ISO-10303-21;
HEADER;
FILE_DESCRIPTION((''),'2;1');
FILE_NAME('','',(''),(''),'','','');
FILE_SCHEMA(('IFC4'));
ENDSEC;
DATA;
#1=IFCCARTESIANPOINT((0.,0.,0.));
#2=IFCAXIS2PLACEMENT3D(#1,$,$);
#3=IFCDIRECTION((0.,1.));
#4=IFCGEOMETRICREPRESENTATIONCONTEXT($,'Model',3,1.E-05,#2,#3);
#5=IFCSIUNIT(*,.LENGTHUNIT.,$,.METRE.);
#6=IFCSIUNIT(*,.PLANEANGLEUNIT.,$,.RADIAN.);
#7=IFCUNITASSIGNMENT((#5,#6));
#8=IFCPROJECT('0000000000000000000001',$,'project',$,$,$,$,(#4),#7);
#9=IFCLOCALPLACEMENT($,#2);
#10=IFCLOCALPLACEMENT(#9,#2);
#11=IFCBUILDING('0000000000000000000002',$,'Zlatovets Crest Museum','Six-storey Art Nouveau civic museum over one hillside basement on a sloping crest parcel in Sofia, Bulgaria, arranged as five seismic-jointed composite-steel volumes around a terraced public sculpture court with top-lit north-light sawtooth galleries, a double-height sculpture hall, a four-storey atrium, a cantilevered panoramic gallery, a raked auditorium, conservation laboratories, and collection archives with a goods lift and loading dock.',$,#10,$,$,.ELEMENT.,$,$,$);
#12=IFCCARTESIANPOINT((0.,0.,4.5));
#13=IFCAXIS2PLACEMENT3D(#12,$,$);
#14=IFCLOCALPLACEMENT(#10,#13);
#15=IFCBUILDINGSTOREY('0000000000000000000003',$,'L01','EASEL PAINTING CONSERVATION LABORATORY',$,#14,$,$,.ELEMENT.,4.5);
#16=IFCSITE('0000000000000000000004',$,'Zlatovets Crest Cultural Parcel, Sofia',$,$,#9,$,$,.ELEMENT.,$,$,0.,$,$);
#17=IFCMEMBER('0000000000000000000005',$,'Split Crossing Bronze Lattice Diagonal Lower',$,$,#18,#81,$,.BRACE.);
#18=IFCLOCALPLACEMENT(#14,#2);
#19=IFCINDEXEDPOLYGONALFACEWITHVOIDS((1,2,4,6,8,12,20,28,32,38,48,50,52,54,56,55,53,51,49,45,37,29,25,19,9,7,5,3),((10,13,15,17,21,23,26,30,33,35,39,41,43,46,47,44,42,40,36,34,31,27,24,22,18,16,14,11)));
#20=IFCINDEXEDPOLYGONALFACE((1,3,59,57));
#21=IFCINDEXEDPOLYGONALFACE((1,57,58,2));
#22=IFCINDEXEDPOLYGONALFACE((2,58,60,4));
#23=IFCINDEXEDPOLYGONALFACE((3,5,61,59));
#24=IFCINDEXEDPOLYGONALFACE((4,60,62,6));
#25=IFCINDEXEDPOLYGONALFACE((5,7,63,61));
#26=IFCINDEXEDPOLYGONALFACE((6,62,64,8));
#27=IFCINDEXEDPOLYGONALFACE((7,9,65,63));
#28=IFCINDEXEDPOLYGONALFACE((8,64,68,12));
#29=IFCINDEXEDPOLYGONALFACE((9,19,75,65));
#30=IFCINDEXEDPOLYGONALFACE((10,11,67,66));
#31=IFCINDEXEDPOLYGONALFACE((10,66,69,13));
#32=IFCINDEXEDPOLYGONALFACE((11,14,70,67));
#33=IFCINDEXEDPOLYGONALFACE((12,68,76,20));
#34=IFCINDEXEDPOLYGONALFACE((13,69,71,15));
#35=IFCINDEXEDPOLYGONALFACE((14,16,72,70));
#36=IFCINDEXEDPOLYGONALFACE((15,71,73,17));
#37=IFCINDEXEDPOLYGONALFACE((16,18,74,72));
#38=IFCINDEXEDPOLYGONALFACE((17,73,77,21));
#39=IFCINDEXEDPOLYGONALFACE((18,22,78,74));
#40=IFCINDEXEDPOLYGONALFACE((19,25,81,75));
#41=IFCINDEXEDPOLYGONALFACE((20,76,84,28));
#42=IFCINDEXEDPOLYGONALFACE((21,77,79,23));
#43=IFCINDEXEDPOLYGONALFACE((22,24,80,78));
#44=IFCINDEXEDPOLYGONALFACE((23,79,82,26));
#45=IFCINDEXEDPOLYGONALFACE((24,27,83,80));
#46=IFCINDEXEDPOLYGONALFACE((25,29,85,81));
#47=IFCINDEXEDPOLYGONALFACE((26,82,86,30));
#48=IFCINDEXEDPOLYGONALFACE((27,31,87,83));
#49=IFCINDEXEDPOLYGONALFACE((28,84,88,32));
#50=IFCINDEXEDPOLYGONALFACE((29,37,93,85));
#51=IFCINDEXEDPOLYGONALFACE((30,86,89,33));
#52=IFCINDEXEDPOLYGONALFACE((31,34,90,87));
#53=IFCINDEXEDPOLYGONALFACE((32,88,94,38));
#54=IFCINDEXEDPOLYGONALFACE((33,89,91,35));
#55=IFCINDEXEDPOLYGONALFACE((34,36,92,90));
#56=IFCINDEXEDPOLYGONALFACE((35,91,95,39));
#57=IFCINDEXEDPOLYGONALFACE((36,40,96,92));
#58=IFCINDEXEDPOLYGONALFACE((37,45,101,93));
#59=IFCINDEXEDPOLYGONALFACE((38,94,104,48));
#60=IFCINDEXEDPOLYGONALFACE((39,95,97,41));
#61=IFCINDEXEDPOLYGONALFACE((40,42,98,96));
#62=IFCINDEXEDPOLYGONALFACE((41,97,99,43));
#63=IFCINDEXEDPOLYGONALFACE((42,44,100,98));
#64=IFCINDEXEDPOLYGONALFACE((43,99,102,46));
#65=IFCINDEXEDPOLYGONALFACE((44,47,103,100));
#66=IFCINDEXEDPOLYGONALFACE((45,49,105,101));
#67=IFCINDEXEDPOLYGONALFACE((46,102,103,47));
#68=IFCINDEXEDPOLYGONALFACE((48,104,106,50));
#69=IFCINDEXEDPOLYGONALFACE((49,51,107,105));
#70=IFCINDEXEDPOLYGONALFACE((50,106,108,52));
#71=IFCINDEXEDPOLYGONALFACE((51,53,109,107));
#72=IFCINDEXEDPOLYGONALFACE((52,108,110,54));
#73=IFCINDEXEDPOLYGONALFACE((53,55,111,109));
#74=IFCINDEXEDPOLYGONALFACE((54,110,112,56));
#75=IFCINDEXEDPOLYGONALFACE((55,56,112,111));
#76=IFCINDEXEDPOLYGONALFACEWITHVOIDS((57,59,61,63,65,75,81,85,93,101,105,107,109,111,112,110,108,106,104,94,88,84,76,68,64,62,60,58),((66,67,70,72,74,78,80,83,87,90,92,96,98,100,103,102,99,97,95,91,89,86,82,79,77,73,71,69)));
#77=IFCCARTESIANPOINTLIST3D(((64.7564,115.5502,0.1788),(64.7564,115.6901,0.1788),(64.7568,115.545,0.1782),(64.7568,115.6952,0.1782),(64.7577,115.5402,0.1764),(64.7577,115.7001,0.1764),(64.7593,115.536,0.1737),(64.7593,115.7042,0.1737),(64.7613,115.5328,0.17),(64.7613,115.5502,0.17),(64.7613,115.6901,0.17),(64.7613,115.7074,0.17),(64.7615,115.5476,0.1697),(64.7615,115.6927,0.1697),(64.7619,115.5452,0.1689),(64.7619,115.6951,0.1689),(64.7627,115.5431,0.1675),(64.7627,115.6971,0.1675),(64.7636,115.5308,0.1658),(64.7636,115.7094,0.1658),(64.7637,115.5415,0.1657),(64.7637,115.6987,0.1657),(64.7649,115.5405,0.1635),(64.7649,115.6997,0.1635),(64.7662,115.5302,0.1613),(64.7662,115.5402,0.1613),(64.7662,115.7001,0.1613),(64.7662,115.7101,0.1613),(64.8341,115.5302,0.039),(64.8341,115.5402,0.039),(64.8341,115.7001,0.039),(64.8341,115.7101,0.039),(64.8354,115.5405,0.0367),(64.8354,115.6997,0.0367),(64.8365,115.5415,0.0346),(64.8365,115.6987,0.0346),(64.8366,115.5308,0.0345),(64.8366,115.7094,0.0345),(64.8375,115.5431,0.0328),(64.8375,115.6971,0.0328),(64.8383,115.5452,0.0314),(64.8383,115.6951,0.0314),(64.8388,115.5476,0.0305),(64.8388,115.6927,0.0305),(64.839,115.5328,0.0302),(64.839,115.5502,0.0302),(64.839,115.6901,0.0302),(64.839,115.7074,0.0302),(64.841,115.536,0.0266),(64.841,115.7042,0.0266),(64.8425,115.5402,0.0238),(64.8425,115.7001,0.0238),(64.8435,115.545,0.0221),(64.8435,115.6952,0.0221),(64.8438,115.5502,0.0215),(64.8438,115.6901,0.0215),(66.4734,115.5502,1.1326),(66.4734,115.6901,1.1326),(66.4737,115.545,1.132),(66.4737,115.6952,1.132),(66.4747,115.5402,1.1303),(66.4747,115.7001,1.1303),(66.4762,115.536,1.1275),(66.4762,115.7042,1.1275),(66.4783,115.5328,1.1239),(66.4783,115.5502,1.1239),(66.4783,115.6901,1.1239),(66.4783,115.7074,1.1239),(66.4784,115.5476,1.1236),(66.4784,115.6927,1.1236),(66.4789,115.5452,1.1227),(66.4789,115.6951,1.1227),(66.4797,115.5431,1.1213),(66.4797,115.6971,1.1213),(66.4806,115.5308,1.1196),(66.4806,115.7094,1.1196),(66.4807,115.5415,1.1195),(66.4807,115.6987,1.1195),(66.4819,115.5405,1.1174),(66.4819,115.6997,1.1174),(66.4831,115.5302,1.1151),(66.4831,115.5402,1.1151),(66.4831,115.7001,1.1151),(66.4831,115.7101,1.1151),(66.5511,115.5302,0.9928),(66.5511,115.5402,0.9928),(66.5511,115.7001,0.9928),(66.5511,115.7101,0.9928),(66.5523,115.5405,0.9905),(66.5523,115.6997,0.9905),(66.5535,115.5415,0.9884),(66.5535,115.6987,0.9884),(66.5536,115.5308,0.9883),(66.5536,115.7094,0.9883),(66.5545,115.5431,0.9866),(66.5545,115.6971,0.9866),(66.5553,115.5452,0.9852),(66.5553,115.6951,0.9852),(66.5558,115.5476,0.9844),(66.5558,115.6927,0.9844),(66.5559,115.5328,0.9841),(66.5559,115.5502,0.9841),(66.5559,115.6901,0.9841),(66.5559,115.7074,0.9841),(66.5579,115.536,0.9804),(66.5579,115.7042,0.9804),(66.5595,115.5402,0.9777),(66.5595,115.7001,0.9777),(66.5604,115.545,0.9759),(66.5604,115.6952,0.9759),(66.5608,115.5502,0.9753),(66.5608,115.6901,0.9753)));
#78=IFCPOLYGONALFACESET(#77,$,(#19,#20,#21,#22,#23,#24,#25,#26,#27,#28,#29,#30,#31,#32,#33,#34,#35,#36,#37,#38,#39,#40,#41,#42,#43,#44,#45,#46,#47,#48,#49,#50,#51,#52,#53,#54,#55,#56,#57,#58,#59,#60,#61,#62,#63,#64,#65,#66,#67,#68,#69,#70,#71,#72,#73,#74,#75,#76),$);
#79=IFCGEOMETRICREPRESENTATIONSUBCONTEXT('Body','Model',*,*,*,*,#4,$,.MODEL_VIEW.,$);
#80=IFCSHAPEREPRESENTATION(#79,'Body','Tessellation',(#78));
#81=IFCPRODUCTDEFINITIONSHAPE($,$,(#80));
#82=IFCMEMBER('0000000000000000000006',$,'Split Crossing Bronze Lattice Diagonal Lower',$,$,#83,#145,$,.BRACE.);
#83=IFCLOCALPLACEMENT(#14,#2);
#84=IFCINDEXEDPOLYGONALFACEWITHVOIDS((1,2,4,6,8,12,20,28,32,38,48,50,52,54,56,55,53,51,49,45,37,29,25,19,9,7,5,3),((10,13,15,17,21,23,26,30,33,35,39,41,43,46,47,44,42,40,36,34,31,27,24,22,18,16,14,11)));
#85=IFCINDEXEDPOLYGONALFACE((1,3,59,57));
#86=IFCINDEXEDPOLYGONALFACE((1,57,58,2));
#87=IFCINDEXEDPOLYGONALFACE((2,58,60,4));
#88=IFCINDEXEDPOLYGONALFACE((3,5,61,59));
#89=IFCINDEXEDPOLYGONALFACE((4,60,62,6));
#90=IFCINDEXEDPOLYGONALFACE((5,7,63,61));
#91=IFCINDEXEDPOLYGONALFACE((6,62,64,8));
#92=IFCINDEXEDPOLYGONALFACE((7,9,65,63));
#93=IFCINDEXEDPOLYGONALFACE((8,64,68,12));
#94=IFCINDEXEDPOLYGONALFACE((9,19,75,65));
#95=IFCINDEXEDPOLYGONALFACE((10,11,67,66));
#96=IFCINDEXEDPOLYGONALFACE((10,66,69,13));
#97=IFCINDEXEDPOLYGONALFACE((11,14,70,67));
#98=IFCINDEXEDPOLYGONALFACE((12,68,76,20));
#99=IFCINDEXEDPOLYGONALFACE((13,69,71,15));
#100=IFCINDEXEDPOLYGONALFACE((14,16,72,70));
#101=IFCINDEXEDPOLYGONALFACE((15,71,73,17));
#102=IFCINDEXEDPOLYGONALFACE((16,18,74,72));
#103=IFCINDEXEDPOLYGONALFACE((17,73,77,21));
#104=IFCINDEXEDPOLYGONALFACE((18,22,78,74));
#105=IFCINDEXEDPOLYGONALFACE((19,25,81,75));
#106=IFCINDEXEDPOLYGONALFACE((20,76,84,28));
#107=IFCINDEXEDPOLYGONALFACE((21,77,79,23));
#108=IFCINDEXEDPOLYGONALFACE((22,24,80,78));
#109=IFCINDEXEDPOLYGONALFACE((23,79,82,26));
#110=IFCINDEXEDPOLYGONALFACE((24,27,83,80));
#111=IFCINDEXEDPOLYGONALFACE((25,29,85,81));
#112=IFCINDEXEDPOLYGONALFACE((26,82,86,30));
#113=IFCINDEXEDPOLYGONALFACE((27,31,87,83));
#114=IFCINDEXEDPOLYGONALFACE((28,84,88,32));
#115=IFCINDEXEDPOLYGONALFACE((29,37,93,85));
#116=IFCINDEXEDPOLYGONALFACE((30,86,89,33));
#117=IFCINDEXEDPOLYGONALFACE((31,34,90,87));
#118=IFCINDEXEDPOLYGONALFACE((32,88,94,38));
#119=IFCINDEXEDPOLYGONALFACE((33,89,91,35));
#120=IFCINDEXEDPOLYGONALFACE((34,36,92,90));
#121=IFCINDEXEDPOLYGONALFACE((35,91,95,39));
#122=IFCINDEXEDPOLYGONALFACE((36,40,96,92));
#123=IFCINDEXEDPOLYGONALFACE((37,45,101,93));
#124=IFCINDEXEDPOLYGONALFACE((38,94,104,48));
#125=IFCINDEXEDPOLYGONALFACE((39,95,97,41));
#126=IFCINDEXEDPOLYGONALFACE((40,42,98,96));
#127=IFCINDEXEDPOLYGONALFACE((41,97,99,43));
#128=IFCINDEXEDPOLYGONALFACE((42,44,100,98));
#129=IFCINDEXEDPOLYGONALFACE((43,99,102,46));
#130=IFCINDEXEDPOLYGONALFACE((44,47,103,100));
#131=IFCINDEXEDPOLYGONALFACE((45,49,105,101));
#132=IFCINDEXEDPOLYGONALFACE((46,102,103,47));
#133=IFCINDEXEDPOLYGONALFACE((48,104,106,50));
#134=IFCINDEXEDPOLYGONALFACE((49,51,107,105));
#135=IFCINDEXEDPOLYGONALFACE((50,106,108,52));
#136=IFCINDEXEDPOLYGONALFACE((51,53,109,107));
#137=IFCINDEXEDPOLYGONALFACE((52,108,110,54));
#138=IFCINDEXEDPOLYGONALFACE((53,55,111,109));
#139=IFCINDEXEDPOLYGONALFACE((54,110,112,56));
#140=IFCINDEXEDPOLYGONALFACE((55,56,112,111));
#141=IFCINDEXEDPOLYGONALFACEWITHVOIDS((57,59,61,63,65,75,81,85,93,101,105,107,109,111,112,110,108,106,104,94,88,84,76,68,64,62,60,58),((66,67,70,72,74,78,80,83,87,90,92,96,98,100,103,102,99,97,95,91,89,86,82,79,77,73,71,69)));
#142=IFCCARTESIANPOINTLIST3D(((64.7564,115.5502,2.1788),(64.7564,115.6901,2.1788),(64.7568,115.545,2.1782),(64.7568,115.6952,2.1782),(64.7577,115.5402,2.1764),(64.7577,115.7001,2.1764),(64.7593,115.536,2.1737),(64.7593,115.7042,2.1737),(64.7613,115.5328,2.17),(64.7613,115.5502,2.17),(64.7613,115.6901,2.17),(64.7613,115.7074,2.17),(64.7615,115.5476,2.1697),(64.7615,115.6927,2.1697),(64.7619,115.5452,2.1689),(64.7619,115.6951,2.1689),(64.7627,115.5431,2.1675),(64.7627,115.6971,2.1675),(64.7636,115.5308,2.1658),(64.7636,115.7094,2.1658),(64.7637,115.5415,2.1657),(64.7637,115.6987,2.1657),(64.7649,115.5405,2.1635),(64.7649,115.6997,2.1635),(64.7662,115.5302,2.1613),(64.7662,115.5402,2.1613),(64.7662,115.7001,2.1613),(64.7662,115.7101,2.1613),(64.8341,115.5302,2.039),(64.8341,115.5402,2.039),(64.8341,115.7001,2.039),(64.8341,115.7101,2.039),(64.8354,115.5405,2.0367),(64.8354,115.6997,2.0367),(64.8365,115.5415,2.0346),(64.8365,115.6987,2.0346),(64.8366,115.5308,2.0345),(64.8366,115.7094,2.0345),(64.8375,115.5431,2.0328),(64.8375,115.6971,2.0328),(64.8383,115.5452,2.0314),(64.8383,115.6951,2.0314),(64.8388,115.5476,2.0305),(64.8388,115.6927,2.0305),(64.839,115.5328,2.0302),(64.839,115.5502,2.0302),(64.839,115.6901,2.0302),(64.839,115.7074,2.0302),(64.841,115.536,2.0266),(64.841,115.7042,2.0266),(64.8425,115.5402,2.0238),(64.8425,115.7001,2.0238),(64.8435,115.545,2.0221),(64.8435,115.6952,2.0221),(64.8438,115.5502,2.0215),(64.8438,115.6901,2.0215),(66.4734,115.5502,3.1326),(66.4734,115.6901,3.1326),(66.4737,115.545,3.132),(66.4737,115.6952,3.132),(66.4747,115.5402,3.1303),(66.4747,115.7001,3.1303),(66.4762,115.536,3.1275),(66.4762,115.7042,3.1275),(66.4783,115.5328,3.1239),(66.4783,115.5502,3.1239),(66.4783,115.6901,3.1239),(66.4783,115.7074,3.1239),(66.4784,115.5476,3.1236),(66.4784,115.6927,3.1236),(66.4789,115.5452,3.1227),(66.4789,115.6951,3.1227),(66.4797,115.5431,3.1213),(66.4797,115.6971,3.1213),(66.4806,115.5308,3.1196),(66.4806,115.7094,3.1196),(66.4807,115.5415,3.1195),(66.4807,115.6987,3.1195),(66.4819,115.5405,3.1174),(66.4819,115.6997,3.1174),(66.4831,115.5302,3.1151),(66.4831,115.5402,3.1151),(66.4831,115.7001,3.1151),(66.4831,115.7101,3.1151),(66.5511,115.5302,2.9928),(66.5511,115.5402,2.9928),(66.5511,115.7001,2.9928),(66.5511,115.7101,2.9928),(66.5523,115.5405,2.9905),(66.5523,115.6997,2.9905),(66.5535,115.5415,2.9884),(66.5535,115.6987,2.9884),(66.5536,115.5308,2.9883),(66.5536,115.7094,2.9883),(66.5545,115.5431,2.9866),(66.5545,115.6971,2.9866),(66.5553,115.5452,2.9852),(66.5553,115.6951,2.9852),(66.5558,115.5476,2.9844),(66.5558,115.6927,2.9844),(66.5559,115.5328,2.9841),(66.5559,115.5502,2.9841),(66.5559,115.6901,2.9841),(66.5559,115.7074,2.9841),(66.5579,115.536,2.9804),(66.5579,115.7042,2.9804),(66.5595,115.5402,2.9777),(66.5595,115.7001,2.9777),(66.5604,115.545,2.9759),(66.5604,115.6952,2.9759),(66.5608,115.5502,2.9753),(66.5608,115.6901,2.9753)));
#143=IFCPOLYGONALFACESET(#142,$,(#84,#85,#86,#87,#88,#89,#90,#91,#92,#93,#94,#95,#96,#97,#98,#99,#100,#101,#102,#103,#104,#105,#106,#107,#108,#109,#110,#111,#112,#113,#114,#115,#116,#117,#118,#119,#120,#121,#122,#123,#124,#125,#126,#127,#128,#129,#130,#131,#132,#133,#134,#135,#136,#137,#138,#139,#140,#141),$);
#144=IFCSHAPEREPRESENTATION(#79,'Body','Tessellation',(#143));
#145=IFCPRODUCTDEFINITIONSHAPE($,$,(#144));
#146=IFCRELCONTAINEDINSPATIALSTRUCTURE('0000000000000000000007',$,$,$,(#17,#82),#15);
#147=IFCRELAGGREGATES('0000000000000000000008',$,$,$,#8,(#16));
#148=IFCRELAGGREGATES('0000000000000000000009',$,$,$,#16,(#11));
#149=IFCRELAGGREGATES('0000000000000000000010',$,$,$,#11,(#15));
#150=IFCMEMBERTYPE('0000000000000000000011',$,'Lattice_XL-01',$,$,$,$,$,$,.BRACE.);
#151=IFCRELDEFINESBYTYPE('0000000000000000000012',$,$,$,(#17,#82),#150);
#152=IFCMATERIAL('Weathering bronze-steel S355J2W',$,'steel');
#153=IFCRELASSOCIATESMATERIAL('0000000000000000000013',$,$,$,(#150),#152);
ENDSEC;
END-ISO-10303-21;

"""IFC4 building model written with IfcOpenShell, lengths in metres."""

from ifc_helpers import new_model, si_unit, direction, frame, origin, origin_2d, place, context, subcontext, project, spatial, hollow_rectangle, extrude, material, material_profile, profile_set, type_object, element, save


model = new_model("IFC4")

# Units and contexts
model_context = context("Model", 3, precision=1e-05, world=origin(), true_north=direction((0.0, 1.0)))
body_context = subcontext(model_context, "Body", "Model", "MODEL_VIEW")
ifc_project = project(units=[si_unit("LENGTHUNIT", "METRE"), si_unit("PLANEANGLEUNIT", "RADIAN")], contexts=[model_context])

# Site, building, storey
site_placement = place(None, origin())
site = spatial("IfcSite", under=ifc_project, at=site_placement, Name="Zlatovets Crest Cultural Parcel, Sofia", CompositionType="ELEMENT", RefElevation=0.0)
building_placement = place(site_placement, origin())
building = spatial("IfcBuilding", under=site, at=building_placement, Name="Zlatovets Crest Museum", Description="Six-storey Art Nouveau civic museum over one hillside basement on a sloping crest parcel in Sofia, Bulgaria, arranged as five seismic-jointed composite-steel volumes around a terraced public sculpture court with top-lit north-light sawtooth galleries, a double-height sculpture hall, a four-storey atrium, a cantilevered panoramic gallery, a raked auditorium, conservation laboratories, and collection archives with a goods lift and loading dock.", CompositionType="ELEMENT")
storey_placement = place(building_placement, frame((0.0, 0.0, 4.5)))
storey = spatial("IfcBuildingStorey", under=building, at=storey_placement, Name="L01", Description="EASEL PAINTING CONSERVATION LABORATORY", CompositionType="ELEMENT", Elevation=4.5)

# Members
ifc_material_1 = material(Name="Weathering bronze-steel S355J2W", Category="steel")
ifc_material_profile_1 = material_profile(ifc_material_1, hollow_rectangle(XDim=0.1799, YDim=0.1799, WallThickness=0.01, InnerFilletRadius=0.01, OuterFilletRadius=0.02, at=origin_2d()), Name="SHS 180x180x10.0")
ifc_profile_set_1 = profile_set([ifc_material_profile_1], Name="Weathering bronze-steel S355J2W")
member_type_1 = type_object("IfcMemberType", Name="Lattice_XL-01", PredefinedType="BRACE", material=ifc_profile_set_1)
for number, where, z_axis, x_axis, name in (
    (1, (66.5171, 115.6201, 1.054), (-0.874169, 0.0, -0.485622), (0.0, -1.0, 0.0), "Split Crossing Bronze Lattice Diagonal Lower"),
    (2, (66.5171, 115.6201, 3.054), (-0.874169, 0.0, -0.485622), (0.0, -1.0, 0.0), "Split Crossing Bronze Lattice Diagonal Lower"),
):
    element("IfcMember", number, at=place(storey_placement, frame(where, z_axis=z_axis, x_axis=x_axis)), inside=storey, type_object=member_type_1, Name=name, PredefinedType="BRACE", context=body_context, shape_type="SweptSolid", body=[
        extrude(hollow_rectangle(XDim=0.1799, YDim=0.1799, WallThickness=0.01, InnerFilletRadius=0.01, OuterFilletRadius=0.02, at=origin_2d()), origin(), (0.0, 0.0, 1.0), 1.9641),
    ])

save(model, "model.ifc")
